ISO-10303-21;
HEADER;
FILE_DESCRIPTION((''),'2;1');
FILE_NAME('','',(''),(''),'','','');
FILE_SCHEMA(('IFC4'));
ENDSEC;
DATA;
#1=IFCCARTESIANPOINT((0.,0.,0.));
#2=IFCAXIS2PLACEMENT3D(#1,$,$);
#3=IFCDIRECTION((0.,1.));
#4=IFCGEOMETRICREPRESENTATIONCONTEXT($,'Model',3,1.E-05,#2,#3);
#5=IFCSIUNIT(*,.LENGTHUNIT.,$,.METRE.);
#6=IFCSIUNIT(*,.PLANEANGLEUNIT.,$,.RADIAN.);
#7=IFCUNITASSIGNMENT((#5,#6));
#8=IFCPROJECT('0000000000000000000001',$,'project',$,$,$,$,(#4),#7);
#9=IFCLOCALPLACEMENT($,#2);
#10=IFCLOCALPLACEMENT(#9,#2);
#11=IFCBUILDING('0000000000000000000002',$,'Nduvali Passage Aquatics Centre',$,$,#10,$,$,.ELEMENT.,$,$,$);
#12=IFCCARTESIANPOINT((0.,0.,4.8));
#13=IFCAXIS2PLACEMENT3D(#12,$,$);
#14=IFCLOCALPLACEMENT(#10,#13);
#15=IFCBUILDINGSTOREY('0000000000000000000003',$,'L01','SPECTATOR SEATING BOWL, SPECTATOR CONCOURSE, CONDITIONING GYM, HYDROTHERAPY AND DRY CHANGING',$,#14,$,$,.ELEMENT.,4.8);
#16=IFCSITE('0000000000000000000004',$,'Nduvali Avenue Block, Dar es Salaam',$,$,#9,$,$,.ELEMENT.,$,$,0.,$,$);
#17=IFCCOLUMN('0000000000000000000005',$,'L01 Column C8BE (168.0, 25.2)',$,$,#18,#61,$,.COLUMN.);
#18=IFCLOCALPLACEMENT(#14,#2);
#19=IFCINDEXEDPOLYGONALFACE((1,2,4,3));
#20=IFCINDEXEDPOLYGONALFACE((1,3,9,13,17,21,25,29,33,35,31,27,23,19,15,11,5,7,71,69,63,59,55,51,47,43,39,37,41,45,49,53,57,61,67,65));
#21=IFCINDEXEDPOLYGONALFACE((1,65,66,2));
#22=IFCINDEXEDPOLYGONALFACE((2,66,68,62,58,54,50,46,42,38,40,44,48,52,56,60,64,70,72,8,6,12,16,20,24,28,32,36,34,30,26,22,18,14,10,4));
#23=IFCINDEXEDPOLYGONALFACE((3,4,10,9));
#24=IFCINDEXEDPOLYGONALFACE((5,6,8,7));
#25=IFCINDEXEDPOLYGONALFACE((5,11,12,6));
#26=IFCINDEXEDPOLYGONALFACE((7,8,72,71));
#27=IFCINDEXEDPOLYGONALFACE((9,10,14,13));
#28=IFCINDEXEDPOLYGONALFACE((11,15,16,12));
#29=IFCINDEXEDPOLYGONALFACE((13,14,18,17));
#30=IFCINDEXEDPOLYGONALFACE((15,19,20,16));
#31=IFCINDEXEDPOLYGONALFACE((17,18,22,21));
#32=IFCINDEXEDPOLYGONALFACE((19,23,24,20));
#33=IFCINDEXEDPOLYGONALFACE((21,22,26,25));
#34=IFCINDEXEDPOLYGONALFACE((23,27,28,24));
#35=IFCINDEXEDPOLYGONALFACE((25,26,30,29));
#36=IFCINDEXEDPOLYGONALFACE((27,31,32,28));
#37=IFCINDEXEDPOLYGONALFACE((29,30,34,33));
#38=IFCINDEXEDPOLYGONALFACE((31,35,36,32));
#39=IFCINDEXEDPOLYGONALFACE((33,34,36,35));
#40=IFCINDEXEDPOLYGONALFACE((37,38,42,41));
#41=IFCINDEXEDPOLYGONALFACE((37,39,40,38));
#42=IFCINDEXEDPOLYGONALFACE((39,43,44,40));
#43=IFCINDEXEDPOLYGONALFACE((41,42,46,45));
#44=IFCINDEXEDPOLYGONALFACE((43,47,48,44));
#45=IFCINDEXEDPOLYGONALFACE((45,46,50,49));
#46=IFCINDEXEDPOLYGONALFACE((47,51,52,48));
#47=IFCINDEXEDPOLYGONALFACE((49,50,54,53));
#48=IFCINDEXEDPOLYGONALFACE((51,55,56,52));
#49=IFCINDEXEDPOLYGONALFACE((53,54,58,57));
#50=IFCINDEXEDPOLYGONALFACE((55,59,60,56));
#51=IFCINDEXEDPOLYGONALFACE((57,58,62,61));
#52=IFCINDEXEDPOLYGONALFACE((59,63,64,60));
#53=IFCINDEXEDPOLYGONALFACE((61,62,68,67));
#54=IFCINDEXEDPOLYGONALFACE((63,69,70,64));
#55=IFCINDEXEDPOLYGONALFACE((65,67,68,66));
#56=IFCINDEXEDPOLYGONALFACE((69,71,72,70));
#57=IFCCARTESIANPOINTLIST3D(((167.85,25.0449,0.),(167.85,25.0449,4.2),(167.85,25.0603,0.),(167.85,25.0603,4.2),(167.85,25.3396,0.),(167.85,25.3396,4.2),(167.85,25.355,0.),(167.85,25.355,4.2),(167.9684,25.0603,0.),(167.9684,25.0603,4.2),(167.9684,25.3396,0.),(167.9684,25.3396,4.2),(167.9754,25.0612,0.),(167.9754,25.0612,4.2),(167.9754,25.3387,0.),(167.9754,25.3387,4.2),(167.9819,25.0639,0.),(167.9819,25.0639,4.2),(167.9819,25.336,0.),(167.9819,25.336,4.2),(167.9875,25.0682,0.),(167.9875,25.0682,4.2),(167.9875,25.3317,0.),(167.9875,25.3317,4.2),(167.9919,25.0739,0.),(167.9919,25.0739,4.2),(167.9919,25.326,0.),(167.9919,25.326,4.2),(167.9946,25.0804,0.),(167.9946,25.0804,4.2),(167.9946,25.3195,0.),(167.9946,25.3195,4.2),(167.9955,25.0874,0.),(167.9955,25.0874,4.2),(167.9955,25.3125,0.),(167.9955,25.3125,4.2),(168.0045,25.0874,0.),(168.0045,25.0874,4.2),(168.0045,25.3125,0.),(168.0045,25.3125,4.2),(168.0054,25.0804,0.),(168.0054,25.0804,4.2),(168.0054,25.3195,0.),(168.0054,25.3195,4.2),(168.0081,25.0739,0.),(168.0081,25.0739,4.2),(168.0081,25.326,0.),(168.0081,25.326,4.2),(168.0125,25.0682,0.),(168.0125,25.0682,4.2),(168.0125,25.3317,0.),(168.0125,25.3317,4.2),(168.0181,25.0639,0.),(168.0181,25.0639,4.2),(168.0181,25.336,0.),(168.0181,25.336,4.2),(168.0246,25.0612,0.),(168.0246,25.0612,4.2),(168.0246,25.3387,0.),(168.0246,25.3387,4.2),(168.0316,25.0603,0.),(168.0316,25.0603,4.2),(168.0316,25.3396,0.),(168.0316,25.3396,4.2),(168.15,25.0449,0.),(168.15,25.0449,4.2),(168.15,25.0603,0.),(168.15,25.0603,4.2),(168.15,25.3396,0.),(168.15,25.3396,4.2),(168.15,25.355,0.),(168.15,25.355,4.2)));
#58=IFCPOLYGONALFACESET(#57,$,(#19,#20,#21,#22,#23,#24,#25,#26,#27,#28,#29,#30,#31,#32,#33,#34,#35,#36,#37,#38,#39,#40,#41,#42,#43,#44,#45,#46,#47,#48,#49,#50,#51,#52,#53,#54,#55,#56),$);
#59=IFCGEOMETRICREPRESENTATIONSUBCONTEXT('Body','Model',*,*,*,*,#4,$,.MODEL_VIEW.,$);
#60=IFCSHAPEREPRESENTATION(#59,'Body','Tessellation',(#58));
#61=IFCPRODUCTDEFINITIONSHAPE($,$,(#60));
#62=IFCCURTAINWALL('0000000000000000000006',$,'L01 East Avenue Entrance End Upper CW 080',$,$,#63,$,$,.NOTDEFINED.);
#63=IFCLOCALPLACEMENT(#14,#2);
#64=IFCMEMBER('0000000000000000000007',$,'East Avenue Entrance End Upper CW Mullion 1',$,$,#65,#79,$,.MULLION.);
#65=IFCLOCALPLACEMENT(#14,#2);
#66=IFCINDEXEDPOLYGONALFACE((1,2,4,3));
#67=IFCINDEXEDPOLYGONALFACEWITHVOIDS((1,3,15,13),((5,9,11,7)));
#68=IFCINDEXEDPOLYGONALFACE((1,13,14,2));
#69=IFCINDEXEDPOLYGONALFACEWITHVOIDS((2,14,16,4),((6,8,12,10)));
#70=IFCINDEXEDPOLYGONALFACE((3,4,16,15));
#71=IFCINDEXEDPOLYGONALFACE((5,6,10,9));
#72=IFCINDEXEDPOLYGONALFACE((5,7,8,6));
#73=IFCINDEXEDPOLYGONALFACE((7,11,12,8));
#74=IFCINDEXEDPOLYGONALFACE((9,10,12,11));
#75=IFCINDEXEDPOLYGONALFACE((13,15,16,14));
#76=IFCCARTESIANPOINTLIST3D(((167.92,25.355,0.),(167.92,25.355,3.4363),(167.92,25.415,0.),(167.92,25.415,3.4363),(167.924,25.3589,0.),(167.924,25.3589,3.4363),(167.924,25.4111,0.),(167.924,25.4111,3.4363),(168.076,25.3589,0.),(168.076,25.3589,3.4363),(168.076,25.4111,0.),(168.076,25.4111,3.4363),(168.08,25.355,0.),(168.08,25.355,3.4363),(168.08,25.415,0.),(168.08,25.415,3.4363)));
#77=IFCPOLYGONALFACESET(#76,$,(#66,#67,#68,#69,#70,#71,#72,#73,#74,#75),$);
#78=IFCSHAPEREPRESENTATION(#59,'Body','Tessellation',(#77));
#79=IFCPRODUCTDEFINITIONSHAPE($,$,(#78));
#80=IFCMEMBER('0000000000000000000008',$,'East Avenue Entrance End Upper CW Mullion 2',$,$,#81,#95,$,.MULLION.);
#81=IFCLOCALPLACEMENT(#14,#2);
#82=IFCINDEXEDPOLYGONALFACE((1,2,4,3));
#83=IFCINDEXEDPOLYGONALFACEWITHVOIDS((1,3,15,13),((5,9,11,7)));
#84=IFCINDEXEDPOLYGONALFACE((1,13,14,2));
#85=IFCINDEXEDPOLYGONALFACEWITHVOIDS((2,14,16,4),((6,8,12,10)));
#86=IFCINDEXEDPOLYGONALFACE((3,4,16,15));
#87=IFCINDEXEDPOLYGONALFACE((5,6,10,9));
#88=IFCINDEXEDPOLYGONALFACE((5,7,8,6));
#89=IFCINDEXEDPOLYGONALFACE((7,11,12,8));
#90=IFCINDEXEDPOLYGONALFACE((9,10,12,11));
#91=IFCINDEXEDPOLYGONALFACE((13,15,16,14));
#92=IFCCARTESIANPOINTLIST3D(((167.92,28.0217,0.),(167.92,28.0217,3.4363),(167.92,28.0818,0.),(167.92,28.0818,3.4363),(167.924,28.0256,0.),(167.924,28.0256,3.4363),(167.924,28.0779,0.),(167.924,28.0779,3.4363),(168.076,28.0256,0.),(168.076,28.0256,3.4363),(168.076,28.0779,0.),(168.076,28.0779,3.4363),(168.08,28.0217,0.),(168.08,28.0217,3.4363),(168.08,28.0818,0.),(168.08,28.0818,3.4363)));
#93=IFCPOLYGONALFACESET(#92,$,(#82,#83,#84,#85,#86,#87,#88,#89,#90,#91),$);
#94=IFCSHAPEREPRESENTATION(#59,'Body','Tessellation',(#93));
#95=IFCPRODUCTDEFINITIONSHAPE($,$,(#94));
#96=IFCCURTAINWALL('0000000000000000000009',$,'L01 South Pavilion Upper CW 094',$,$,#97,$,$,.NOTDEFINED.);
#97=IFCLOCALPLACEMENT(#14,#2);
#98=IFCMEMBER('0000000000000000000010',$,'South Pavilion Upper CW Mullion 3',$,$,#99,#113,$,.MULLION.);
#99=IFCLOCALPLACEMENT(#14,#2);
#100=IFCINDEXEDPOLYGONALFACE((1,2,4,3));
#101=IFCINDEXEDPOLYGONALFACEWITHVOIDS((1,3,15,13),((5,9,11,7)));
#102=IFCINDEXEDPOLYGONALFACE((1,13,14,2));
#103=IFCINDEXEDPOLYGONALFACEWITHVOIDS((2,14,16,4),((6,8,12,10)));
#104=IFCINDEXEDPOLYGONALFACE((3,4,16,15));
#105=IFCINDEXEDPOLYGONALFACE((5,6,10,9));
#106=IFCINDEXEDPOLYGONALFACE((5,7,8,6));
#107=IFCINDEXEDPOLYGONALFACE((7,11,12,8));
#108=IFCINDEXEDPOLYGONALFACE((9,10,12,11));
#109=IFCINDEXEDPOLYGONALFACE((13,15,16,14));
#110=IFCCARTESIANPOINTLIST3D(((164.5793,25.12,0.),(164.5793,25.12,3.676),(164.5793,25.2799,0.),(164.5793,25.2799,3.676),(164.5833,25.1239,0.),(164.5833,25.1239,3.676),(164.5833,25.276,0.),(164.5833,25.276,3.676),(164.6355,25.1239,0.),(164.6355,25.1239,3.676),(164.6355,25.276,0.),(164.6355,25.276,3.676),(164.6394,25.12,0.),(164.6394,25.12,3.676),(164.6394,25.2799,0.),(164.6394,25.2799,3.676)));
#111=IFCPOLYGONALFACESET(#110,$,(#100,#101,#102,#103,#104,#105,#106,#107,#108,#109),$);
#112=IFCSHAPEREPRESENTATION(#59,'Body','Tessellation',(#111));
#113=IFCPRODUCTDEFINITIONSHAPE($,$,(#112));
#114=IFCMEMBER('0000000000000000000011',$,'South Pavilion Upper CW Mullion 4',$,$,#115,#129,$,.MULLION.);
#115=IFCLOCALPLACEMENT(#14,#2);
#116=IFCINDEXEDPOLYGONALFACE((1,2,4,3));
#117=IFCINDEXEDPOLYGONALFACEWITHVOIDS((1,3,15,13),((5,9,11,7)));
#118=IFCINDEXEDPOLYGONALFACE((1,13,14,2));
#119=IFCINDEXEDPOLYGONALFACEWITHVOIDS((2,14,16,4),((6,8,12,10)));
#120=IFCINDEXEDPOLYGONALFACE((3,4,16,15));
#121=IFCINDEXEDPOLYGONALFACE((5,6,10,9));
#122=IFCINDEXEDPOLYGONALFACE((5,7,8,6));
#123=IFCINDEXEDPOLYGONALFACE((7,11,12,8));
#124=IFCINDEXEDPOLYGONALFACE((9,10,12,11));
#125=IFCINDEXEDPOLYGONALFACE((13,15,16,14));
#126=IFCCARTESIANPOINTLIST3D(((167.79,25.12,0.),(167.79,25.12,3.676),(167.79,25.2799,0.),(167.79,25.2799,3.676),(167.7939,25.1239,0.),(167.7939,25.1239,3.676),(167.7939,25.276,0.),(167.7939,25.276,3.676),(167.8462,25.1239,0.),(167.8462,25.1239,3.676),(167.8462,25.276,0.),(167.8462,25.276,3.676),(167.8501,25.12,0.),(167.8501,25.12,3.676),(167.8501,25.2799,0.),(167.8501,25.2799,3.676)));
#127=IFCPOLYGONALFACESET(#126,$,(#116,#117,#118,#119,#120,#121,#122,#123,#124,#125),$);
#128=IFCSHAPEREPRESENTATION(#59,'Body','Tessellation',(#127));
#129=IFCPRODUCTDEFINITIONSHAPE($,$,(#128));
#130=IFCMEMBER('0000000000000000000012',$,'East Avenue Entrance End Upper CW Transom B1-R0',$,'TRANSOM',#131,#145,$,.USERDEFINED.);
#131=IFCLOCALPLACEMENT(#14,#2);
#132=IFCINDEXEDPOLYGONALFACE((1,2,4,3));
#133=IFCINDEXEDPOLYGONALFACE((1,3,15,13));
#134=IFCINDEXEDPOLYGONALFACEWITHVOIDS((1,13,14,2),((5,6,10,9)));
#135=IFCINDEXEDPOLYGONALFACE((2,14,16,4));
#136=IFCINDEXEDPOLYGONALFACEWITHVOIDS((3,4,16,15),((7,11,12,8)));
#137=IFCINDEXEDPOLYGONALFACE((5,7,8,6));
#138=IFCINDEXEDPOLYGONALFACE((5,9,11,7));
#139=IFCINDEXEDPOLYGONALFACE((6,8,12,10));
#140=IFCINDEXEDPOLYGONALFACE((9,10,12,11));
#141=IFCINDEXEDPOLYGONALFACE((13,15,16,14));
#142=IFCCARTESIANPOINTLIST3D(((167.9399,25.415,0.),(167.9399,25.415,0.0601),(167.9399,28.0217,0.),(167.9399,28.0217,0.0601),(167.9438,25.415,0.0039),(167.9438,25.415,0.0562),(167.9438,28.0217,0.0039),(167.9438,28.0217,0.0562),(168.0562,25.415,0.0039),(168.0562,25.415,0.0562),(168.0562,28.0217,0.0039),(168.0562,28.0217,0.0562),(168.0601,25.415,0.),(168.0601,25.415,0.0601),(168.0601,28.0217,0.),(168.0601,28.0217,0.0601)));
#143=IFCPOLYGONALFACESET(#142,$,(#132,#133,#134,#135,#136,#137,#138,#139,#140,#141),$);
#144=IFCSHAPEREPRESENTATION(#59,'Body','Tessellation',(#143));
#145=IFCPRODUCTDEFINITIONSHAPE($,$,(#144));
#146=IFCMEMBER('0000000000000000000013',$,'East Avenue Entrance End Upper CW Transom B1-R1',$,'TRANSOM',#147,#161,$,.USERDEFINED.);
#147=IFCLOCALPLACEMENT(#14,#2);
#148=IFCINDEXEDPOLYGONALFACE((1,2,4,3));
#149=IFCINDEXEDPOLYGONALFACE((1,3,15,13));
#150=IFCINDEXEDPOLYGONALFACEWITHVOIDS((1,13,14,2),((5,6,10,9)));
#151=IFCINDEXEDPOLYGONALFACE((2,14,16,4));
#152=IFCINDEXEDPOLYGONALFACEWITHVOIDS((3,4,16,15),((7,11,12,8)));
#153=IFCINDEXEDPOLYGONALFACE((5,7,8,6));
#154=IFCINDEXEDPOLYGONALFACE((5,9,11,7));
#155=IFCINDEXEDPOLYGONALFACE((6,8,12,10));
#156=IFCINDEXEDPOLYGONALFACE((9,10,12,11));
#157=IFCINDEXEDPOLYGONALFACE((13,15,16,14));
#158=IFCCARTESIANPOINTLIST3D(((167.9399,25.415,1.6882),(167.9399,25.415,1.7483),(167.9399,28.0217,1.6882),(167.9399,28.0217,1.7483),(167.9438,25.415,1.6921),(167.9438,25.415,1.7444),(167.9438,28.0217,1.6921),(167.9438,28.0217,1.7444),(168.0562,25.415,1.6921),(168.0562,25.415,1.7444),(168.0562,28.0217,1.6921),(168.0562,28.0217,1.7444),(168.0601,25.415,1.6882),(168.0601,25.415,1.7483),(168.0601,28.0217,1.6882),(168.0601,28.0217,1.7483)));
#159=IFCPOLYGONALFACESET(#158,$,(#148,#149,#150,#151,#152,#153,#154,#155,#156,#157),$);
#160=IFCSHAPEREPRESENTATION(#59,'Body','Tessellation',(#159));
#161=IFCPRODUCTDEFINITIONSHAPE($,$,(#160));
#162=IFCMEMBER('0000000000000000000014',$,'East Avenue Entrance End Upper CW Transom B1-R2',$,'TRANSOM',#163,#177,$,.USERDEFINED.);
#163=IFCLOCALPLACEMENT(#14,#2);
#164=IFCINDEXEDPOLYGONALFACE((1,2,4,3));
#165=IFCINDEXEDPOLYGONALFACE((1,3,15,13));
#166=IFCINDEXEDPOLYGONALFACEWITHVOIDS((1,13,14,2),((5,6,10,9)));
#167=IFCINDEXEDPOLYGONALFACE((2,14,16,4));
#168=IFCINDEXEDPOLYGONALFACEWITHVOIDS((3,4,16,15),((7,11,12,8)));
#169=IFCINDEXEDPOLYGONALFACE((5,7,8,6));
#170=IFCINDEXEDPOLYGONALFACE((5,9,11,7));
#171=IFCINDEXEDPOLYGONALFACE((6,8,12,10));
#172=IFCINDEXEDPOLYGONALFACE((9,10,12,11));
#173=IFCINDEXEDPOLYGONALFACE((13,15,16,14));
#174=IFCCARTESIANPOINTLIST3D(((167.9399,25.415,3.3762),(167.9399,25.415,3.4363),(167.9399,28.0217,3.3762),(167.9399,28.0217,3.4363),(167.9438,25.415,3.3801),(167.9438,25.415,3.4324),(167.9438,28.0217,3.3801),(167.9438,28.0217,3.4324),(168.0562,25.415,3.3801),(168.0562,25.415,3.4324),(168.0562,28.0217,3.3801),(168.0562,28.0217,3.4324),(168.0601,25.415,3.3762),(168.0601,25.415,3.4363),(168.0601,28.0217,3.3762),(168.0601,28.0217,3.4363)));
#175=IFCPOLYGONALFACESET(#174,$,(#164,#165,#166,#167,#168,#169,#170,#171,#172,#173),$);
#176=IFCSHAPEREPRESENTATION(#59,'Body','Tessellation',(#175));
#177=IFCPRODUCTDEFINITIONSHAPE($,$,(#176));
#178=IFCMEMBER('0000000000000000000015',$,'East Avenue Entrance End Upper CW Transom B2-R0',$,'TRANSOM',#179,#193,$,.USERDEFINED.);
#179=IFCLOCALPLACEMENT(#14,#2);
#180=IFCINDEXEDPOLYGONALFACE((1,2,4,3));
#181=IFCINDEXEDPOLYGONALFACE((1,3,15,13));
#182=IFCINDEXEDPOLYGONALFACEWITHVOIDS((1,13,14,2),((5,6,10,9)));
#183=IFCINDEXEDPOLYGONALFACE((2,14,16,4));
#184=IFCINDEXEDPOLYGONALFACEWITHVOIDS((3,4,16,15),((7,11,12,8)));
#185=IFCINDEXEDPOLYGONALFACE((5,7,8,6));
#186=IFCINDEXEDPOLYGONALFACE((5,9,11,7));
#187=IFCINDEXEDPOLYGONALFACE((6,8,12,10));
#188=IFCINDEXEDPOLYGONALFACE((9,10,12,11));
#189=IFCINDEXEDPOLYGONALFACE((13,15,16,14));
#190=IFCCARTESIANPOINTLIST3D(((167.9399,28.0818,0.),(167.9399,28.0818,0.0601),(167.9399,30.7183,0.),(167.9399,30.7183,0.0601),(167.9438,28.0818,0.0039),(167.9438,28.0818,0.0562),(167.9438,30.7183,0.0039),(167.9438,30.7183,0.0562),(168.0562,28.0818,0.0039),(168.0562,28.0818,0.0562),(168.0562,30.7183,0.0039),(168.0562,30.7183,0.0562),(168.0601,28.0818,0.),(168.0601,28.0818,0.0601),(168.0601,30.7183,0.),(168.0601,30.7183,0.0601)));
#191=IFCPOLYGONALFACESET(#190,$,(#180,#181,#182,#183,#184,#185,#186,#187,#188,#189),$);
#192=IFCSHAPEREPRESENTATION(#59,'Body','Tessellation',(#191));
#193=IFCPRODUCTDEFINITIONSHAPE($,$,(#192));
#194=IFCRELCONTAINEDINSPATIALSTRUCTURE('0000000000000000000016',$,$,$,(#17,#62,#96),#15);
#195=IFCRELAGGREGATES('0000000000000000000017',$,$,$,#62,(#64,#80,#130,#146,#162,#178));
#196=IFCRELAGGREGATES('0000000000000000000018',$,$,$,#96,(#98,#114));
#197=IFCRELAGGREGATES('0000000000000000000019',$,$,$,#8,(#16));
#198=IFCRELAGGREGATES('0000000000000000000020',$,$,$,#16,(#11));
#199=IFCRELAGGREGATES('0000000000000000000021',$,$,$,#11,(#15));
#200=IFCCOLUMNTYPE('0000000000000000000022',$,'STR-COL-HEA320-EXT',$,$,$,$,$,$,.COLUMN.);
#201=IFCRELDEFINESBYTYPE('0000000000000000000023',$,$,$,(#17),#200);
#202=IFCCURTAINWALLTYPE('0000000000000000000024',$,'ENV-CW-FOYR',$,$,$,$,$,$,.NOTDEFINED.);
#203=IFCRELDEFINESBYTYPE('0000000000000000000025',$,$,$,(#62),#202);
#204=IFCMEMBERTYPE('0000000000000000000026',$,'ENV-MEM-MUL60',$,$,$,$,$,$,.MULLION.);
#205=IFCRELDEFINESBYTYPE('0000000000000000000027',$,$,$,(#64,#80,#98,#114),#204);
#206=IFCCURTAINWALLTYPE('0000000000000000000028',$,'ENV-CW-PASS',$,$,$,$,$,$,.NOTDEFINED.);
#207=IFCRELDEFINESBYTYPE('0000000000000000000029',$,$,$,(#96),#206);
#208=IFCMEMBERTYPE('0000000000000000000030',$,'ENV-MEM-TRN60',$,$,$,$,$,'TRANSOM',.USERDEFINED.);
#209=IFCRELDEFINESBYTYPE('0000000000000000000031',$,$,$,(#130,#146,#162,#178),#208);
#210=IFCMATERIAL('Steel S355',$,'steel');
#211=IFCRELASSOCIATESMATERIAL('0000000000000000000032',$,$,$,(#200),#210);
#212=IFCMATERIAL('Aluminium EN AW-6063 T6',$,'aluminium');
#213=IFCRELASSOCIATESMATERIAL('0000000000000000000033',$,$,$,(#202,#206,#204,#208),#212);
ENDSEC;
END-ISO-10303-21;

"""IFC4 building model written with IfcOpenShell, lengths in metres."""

from ifc_helpers import new_model, si_unit, direction, frame, origin, origin_2d, place, context, subcontext, project, spatial, hollow_rectangle, i_section, extrude, material, material_profile, profile_set, type_object, element, aggregate, save


model = new_model("IFC4")

# Units and contexts
model_context = context("Model", 3, precision=1e-05, world=origin(), true_north=direction((0.0, 1.0)))
body_context = subcontext(model_context, "Body", "Model", "MODEL_VIEW")
ifc_project = project(units=[si_unit("LENGTHUNIT", "METRE"), si_unit("PLANEANGLEUNIT", "RADIAN")], contexts=[model_context])

# Site, building, storey
site_placement = place(None, origin())
site = spatial("IfcSite", under=ifc_project, at=site_placement, Name="Nduvali Avenue Block, Dar es Salaam", CompositionType="ELEMENT", RefElevation=0.0)
building_placement = place(site_placement, origin())
building = spatial("IfcBuilding", under=site, at=building_placement, Name="Nduvali Passage Aquatics Centre", CompositionType="ELEMENT")
storey_placement = place(building_placement, frame((0.0, 0.0, 4.8)))
storey = spatial("IfcBuildingStorey", under=building, at=storey_placement, Name="L01", Description="SPECTATOR SEATING BOWL, SPECTATOR CONCOURSE, CONDITIONING GYM, HYDROTHERAPY AND DRY CHANGING", CompositionType="ELEMENT", Elevation=4.8)

# Column
ifc_material_1 = material(Name="Steel S355", Category="steel")
ifc_material_profile_1 = material_profile(ifc_material_1, i_section(OverallWidth=0.3, OverallDepth=0.3101, WebThickness=0.009, FlangeThickness=0.0154, FilletRadius=0.0271, at=origin_2d()), Name="HEA 320")
ifc_profile_set_1 = profile_set([ifc_material_profile_1], Name="Steel S355")
column_type = type_object("IfcColumnType", Name="STR-COL-HEA320-EXT", PredefinedType="COLUMN", material=ifc_profile_set_1)
column_placement = place(storey_placement, frame((168.0, 25.2, 0.0), z_axis=(0.0, 0.0, 1.0), x_axis=(1.0, 0.0, 0.0)))
element("IfcColumn", 1, at=column_placement, inside=storey, type_object=column_type, Name="L01 Column C8BE (168.0, 25.2)", PredefinedType="COLUMN", context=body_context, shape_type="SweptSolid", body=[
    extrude(i_section(OverallWidth=0.3, OverallDepth=0.3101, WebThickness=0.009, FlangeThickness=0.0154, FilletRadius=0.0271, at=origin_2d()), origin(), (0.0, 0.0, 1.0), 4.2),
])

# Curtain walls, members
ifc_material_2 = material(Name="Aluminium EN AW-6063 T6", Category="aluminium")
curtain_wall_type_1 = type_object("IfcCurtainWallType", Name="ENV-CW-FOYR", PredefinedType="NOTDEFINED", material=ifc_material_2)
curtain_wall_1_placement = place(storey_placement, origin())
curtain_wall_1 = element("IfcCurtainWall", 2, at=curtain_wall_1_placement, inside=storey, type_object=curtain_wall_type_1, Name="L01 East Avenue Entrance End Upper CW 080", PredefinedType="NOTDEFINED")
ifc_material_profile_2 = material_profile(ifc_material_2, hollow_rectangle(XDim=0.0601, YDim=0.1599, WallThickness=0.0039, at=origin_2d()), Name="ALU MULLION 60x160x4")
ifc_profile_set_2 = profile_set([ifc_material_profile_2], Name="Aluminium EN AW-6063 T6")
member_type_1 = type_object("IfcMemberType", Name="ENV-MEM-MUL60", PredefinedType="MULLION", material=ifc_profile_set_2)
member_1_placement = place(storey_placement, frame((168.0, 25.385, 0.0), z_axis=(0.0, 0.0, 1.0), x_axis=(0.0, 1.0, 0.0)))
member_1 = element("IfcMember", 3, at=member_1_placement, type_object=member_type_1, Name="East Avenue Entrance End Upper CW Mullion 1", PredefinedType="MULLION", context=body_context, shape_type="SweptSolid", body=[
    extrude(hollow_rectangle(XDim=0.0601, YDim=0.1599, WallThickness=0.0039, at=origin_2d()), origin(), (0.0, 0.0, 1.0), 3.4363),
])
member_2_placement = place(storey_placement, frame((168.0, 28.0518, 0.0), z_axis=(0.0, 0.0, 1.0), x_axis=(0.0, 1.0, 0.0)))
member_2 = element("IfcMember", 4, at=member_2_placement, type_object=member_type_1, Name="East Avenue Entrance End Upper CW Mullion 2", PredefinedType="MULLION", context=body_context, shape_type="SweptSolid", body=[
    extrude(hollow_rectangle(XDim=0.0601, YDim=0.1599, WallThickness=0.0039, at=origin_2d()), origin(), (0.0, 0.0, 1.0), 3.4363),
])
curtain_wall_type_2 = type_object("IfcCurtainWallType", Name="ENV-CW-PASS", PredefinedType="NOTDEFINED", material=ifc_material_2)
curtain_wall_2_placement = place(storey_placement, origin())
curtain_wall_2 = element("IfcCurtainWall", 5, at=curtain_wall_2_placement, inside=storey, type_object=curtain_wall_type_2, Name="L01 South Pavilion Upper CW 094", PredefinedType="NOTDEFINED")
member_3_placement = place(storey_placement, frame((164.6094, 25.2, 0.0), z_axis=(0.0, 0.0, 1.0), x_axis=(1.0, 0.0, 0.0)))
member_3 = element("IfcMember", 6, at=member_3_placement, type_object=member_type_1, Name="South Pavilion Upper CW Mullion 3", PredefinedType="MULLION", context=body_context, shape_type="SweptSolid", body=[
    extrude(hollow_rectangle(XDim=0.0601, YDim=0.1599, WallThickness=0.0039, at=origin_2d()), origin(), (0.0, 0.0, 1.0), 3.676),
])
member_4_placement = place(storey_placement, frame((167.8201, 25.2, 0.0), z_axis=(0.0, 0.0, 1.0), x_axis=(1.0, 0.0, 0.0)))
member_4 = element("IfcMember", 7, at=member_4_placement, type_object=member_type_1, Name="South Pavilion Upper CW Mullion 4", PredefinedType="MULLION", context=body_context, shape_type="SweptSolid", body=[
    extrude(hollow_rectangle(XDim=0.0601, YDim=0.1599, WallThickness=0.0039, at=origin_2d()), origin(), (0.0, 0.0, 1.0), 3.676),
])

# Members
ifc_material_profile_3 = material_profile(ifc_material_2, hollow_rectangle(XDim=0.1201, YDim=0.0601, WallThickness=0.0039, at=origin_2d()), Name="ALU TRANSOM 120x60x4")
ifc_profile_set_3 = profile_set([ifc_material_profile_3], Name="Aluminium EN AW-6063 T6")
member_type_2 = type_object("IfcMemberType", Name="ENV-MEM-TRN60", ElementType="TRANSOM", PredefinedType="USERDEFINED", material=ifc_profile_set_3)
member_5_placement = place(storey_placement, frame((168.0, 25.415, 0.03), z_axis=(0.0, 1.0, 0.0), x_axis=(-1.0, 0.0, 0.0)))
member_5 = element("IfcMember", 8, at=member_5_placement, type_object=member_type_2, Name="East Avenue Entrance End Upper CW Transom B1-R0", ObjectType="TRANSOM", PredefinedType="USERDEFINED", context=body_context, shape_type="SweptSolid", body=[
    extrude(hollow_rectangle(XDim=0.1201, YDim=0.0601, WallThickness=0.0039, at=origin_2d()), origin(), (0.0, 0.0, 1.0), 2.6067),
])
member_6_placement = place(storey_placement, frame((168.0, 25.415, 1.7183), z_axis=(0.0, 1.0, 0.0), x_axis=(-1.0, 0.0, 0.0)))
member_6 = element("IfcMember", 9, at=member_6_placement, type_object=member_type_2, Name="East Avenue Entrance End Upper CW Transom B1-R1", ObjectType="TRANSOM", PredefinedType="USERDEFINED", context=body_context, shape_type="SweptSolid", body=[
    extrude(hollow_rectangle(XDim=0.1201, YDim=0.0601, WallThickness=0.0039, at=origin_2d()), origin(), (0.0, 0.0, 1.0), 2.6067),
])
member_7_placement = place(storey_placement, frame((168.0, 25.415, 3.4062), z_axis=(0.0, 1.0, 0.0), x_axis=(-1.0, 0.0, 0.0)))
member_7 = element("IfcMember", 10, at=member_7_placement, type_object=member_type_2, Name="East Avenue Entrance End Upper CW Transom B1-R2", ObjectType="TRANSOM", PredefinedType="USERDEFINED", context=body_context, shape_type="SweptSolid", body=[
    extrude(hollow_rectangle(XDim=0.1201, YDim=0.0601, WallThickness=0.0039, at=origin_2d()), origin(), (0.0, 0.0, 1.0), 2.6067),
])
member_8_placement = place(storey_placement, frame((168.0, 28.0818, 0.03), z_axis=(0.0, 1.0, 0.0), x_axis=(-1.0, 0.0, 0.0)))
member_8 = element("IfcMember", 11, at=member_8_placement, type_object=member_type_2, Name="East Avenue Entrance End Upper CW Transom B2-R0", ObjectType="TRANSOM", PredefinedType="USERDEFINED", context=body_context, shape_type="SweptSolid", body=[
    extrude(hollow_rectangle(XDim=0.1201, YDim=0.0601, WallThickness=0.0039, at=origin_2d()), origin(), (0.0, 0.0, 1.0), 2.6365),
])

aggregate(curtain_wall_1, [member_1, member_2, member_5, member_6, member_7, member_8])
aggregate(curtain_wall_2, [member_3, member_4])

save(model, "model.ifc")
